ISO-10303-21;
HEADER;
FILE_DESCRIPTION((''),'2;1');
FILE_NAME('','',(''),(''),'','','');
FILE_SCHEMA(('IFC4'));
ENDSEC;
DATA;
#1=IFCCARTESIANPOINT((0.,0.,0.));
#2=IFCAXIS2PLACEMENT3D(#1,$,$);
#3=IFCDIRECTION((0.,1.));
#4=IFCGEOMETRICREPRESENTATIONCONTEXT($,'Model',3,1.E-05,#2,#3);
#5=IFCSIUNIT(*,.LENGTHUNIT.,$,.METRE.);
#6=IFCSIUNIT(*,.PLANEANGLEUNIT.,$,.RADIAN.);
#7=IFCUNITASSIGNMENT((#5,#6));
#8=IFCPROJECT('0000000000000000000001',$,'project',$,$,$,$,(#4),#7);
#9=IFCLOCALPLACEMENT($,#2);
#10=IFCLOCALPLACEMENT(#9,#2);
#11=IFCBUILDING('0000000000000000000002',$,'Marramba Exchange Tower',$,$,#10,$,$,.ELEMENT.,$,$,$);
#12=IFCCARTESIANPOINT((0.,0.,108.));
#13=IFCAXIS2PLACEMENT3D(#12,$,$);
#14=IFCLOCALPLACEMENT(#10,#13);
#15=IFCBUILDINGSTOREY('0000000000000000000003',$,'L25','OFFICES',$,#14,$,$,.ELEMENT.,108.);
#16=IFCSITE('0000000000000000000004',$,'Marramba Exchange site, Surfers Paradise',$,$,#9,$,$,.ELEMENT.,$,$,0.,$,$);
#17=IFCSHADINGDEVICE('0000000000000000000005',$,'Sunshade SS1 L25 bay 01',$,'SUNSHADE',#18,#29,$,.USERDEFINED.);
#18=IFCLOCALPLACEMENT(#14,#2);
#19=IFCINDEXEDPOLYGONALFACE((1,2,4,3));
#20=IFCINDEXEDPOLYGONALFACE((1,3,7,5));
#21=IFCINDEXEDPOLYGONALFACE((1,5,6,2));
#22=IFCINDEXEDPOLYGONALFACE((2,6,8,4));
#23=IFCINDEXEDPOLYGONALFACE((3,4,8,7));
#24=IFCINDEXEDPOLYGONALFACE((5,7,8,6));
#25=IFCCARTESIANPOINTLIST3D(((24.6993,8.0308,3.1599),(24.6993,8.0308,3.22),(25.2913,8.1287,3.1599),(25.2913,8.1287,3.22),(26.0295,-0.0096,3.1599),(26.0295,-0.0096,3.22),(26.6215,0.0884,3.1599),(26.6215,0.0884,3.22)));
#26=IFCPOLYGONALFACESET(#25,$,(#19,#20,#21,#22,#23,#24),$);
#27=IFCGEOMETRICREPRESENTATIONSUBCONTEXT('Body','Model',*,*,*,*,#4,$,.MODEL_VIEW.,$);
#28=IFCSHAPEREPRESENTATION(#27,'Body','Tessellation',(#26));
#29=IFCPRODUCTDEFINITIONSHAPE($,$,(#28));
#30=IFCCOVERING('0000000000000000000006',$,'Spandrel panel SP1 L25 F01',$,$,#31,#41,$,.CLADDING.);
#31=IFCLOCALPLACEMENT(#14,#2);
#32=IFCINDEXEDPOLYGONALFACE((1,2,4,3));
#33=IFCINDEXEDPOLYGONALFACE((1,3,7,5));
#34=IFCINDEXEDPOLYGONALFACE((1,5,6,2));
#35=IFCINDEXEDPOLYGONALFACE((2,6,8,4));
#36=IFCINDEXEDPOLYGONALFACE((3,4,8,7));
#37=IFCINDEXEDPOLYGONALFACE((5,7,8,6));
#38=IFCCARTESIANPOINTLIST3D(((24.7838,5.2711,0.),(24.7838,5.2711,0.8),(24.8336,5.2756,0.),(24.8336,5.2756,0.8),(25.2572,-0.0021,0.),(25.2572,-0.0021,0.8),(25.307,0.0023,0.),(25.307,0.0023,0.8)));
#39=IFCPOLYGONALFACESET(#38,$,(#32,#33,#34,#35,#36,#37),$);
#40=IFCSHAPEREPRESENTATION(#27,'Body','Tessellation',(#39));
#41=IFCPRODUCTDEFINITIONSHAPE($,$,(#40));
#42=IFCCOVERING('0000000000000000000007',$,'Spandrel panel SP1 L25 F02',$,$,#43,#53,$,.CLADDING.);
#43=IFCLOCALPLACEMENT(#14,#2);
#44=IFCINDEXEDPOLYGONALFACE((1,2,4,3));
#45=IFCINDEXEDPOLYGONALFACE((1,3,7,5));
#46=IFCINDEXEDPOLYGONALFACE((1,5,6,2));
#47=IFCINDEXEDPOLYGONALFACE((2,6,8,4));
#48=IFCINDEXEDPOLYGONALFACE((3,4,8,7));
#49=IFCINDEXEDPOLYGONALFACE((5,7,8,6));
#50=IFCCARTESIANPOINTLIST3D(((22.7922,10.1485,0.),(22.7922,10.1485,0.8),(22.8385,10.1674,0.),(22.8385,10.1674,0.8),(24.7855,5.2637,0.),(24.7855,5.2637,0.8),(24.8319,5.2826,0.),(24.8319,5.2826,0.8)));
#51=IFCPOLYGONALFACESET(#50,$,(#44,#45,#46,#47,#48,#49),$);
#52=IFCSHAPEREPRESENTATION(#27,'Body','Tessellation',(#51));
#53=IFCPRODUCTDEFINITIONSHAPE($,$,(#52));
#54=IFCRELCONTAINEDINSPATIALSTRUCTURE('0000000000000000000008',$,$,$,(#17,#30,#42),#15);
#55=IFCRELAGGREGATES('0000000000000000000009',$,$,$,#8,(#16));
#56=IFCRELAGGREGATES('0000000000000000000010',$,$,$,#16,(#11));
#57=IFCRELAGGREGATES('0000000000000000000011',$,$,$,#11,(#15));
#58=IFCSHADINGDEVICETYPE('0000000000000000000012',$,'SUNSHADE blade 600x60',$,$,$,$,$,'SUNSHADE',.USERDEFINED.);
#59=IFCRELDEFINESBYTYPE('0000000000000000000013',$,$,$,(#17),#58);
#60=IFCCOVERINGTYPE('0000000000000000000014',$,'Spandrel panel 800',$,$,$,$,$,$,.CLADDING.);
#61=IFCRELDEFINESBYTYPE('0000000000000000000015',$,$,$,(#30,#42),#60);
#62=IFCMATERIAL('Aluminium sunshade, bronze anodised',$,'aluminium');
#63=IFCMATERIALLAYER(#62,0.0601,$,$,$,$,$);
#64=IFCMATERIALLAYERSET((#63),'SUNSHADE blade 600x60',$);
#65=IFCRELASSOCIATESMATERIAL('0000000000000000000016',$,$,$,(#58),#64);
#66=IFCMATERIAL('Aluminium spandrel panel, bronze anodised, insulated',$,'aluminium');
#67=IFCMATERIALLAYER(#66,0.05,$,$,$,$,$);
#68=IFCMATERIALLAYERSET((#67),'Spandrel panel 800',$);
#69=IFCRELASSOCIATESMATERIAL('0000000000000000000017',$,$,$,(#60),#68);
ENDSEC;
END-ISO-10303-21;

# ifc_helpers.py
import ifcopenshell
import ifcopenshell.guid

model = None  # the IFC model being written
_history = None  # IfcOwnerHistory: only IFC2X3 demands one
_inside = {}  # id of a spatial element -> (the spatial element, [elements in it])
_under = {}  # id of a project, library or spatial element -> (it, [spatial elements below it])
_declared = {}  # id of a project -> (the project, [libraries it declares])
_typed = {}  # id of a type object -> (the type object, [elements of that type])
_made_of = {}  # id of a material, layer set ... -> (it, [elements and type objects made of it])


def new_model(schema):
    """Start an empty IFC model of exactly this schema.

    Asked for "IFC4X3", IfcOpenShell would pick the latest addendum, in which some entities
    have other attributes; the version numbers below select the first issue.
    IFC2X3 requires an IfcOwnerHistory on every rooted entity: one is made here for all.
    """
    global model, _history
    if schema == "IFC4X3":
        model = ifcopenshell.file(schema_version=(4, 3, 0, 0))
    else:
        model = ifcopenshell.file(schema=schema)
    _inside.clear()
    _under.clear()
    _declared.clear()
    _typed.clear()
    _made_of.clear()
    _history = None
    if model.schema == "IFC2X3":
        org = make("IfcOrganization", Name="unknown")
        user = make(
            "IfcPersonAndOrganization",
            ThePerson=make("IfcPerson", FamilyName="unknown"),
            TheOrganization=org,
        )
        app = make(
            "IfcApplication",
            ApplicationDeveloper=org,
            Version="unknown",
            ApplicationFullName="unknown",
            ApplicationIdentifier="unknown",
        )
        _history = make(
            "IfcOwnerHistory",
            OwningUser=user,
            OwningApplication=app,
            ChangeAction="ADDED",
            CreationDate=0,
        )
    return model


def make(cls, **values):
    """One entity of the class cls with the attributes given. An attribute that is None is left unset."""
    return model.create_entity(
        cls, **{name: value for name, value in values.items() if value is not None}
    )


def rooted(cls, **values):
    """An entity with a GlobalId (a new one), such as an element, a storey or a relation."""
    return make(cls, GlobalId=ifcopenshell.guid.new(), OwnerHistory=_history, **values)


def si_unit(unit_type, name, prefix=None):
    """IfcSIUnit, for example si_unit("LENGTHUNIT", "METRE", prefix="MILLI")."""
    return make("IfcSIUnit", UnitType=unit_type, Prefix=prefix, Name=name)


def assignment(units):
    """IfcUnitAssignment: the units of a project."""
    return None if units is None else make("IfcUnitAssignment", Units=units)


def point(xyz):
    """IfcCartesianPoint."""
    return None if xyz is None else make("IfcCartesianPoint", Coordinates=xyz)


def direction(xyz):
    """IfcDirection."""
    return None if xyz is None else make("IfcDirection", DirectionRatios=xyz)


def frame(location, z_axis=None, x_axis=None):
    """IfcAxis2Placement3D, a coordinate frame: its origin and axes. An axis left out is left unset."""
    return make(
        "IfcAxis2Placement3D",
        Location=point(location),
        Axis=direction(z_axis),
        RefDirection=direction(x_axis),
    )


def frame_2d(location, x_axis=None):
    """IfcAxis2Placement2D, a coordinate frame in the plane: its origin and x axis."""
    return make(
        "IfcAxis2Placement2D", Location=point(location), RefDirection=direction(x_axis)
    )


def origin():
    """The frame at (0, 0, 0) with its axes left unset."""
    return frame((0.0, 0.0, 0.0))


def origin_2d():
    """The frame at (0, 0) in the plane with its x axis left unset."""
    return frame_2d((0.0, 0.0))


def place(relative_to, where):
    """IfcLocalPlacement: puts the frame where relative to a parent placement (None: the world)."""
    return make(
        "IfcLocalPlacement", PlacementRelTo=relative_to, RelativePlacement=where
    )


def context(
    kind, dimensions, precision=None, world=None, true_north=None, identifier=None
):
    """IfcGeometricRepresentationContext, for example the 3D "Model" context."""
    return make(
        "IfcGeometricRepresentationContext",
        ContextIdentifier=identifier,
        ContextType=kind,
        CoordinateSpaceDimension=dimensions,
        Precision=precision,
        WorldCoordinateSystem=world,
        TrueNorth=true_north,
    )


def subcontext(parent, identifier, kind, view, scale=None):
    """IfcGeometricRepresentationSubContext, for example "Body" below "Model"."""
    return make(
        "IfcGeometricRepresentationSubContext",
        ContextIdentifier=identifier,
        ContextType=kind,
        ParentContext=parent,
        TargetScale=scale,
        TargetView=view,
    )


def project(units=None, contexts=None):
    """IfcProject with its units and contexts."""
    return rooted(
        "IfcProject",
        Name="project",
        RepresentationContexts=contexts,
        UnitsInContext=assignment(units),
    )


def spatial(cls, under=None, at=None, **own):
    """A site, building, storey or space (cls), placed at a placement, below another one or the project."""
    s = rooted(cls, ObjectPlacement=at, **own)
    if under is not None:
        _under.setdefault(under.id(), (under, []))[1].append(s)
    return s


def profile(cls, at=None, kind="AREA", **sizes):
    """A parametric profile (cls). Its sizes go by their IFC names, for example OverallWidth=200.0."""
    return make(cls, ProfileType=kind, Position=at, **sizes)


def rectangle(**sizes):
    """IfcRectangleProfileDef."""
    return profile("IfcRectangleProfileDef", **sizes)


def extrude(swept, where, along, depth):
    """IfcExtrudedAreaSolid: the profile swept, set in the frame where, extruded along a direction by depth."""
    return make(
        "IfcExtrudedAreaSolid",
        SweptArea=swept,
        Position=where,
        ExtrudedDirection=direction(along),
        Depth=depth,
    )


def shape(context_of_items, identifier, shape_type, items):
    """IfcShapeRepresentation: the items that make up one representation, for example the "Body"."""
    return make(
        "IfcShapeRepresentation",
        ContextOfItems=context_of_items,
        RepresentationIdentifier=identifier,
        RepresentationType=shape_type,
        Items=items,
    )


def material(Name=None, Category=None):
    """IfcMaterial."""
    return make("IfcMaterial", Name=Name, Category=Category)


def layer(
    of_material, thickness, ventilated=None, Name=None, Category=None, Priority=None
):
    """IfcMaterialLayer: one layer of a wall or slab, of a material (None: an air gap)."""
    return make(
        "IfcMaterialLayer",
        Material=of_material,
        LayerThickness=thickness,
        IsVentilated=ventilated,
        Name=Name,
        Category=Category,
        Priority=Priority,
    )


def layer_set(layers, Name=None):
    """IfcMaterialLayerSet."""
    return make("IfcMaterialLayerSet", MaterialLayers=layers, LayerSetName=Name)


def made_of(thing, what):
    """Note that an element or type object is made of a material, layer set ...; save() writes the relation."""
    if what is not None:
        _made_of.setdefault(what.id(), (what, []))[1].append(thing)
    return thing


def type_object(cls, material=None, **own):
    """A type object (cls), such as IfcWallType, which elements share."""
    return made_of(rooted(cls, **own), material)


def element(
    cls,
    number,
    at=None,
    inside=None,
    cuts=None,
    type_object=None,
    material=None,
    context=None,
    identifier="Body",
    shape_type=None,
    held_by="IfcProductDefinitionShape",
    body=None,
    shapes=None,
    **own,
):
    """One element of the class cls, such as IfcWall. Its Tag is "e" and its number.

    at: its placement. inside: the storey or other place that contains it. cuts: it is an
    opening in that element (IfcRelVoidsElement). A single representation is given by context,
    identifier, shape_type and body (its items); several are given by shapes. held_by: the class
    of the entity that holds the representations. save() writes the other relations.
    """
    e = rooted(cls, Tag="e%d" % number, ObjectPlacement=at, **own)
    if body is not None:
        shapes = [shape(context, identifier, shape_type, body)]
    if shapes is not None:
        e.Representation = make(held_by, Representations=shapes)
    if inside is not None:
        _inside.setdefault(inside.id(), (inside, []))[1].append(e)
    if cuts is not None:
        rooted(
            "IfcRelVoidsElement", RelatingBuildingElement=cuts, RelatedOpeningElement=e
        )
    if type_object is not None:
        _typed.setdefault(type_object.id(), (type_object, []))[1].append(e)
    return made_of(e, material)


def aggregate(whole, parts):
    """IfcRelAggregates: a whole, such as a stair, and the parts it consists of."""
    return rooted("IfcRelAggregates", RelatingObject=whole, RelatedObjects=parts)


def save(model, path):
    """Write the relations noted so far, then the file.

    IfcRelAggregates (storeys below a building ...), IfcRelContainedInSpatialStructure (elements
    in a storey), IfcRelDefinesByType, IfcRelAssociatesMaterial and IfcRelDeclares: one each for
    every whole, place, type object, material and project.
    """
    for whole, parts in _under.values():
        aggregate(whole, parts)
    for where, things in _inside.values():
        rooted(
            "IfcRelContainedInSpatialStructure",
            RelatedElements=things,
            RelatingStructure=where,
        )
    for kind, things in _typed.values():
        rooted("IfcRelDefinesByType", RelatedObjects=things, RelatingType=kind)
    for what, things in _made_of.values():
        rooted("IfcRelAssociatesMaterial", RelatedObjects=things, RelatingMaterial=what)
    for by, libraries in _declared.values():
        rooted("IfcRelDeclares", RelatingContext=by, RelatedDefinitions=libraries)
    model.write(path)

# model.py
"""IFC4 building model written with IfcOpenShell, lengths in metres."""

from ifc_helpers import new_model, si_unit, direction, frame, origin, origin_2d, place, context, subcontext, project, spatial, rectangle, extrude, material, layer, layer_set, type_object, element, save


model = new_model("IFC4")

# Units and contexts
model_context = context("Model", 3, precision=1e-05, world=origin(), true_north=direction((0.0, 1.0)))
body_context = subcontext(model_context, "Body", "Model", "MODEL_VIEW")
ifc_project = project(units=[si_unit("LENGTHUNIT", "METRE"), si_unit("PLANEANGLEUNIT", "RADIAN")], contexts=[model_context])

# Site, building, storey
site_placement = place(None, origin())
site = spatial("IfcSite", under=ifc_project, at=site_placement, Name="Marramba Exchange site, Surfers Paradise", CompositionType="ELEMENT", RefElevation=0.0)
building_placement = place(site_placement, origin())
building = spatial("IfcBuilding", under=site, at=building_placement, Name="Marramba Exchange Tower", CompositionType="ELEMENT")
storey_placement = place(building_placement, frame((0.0, 0.0, 108.0)))
storey = spatial("IfcBuildingStorey", under=building, at=storey_placement, Name="L25", Description="OFFICES", CompositionType="ELEMENT", Elevation=108.0)

# Shading device
ifc_material_1 = material(Name="Aluminium sunshade, bronze anodised", Category="aluminium")
ifc_layer_1 = layer(ifc_material_1, 0.0601)
ifc_layer_set_1 = layer_set([ifc_layer_1], Name="SUNSHADE blade 600x60")
shading_device_type_1 = type_object("IfcShadingDeviceType", Name="SUNSHADE blade 600x60", ElementType="SUNSHADE", PredefinedType="USERDEFINED", material=ifc_layer_set_1)
shading_device_1_placement = place(storey_placement, frame((25.6604, 4.0596, 3.1599), z_axis=(0.0, 0.0, 1.0), x_axis=(-0.163228, 0.986588, 0.0)))
element("IfcShadingDevice", 1, at=shading_device_1_placement, inside=storey, type_object=shading_device_type_1, Name="Sunshade SS1 L25 bay 01", ObjectType="SUNSHADE", PredefinedType="USERDEFINED", context=body_context, shape_type="SweptSolid", body=[
    extrude(rectangle(XDim=8.1497, YDim=0.6001, at=origin_2d()), origin(), (0.0, 0.0, 1.0), 0.0601),
])

# Coverings
ifc_material_2 = material(Name="Aluminium spandrel panel, bronze anodised, insulated", Category="aluminium")
ifc_layer_2 = layer(ifc_material_2, 0.05)
ifc_layer_set_2 = layer_set([ifc_layer_2], Name="Spandrel panel 800")
covering_type = type_object("IfcCoveringType", Name="Spandrel panel 800", PredefinedType="CLADDING", material=ifc_layer_set_2)
covering_1_placement = place(storey_placement, frame((25.0454, 2.6367, 0.0), z_axis=(0.0, 0.0, 1.0), x_axis=(-0.089413, 0.995995, 0.0)))
element("IfcCovering", 2, at=covering_1_placement, inside=storey, type_object=covering_type, Name="Spandrel panel SP1 L25 F01", PredefinedType="CLADDING", context=body_context, shape_type="SweptSolid", body=[
    extrude(rectangle(XDim=5.2944, YDim=0.05, at=origin_2d()), origin(), (0.0, 0.0, 1.0), 0.8),
])
covering_2_placement = place(storey_placement, frame((23.812, 7.7156, 0.0), z_axis=(0.0, 0.0, 1.0), x_axis=(-0.377821, 0.925879, 0.0)))
element("IfcCovering", 3, at=covering_2_placement, inside=storey, type_object=covering_type, Name="Spandrel panel SP1 L25 F02", PredefinedType="CLADDING", context=body_context, shape_type="SweptSolid", body=[
    extrude(rectangle(XDim=5.2759, YDim=0.05, at=origin_2d()), origin(), (0.0, 0.0, 1.0), 0.8),
])

save(model, "model.ifc")
